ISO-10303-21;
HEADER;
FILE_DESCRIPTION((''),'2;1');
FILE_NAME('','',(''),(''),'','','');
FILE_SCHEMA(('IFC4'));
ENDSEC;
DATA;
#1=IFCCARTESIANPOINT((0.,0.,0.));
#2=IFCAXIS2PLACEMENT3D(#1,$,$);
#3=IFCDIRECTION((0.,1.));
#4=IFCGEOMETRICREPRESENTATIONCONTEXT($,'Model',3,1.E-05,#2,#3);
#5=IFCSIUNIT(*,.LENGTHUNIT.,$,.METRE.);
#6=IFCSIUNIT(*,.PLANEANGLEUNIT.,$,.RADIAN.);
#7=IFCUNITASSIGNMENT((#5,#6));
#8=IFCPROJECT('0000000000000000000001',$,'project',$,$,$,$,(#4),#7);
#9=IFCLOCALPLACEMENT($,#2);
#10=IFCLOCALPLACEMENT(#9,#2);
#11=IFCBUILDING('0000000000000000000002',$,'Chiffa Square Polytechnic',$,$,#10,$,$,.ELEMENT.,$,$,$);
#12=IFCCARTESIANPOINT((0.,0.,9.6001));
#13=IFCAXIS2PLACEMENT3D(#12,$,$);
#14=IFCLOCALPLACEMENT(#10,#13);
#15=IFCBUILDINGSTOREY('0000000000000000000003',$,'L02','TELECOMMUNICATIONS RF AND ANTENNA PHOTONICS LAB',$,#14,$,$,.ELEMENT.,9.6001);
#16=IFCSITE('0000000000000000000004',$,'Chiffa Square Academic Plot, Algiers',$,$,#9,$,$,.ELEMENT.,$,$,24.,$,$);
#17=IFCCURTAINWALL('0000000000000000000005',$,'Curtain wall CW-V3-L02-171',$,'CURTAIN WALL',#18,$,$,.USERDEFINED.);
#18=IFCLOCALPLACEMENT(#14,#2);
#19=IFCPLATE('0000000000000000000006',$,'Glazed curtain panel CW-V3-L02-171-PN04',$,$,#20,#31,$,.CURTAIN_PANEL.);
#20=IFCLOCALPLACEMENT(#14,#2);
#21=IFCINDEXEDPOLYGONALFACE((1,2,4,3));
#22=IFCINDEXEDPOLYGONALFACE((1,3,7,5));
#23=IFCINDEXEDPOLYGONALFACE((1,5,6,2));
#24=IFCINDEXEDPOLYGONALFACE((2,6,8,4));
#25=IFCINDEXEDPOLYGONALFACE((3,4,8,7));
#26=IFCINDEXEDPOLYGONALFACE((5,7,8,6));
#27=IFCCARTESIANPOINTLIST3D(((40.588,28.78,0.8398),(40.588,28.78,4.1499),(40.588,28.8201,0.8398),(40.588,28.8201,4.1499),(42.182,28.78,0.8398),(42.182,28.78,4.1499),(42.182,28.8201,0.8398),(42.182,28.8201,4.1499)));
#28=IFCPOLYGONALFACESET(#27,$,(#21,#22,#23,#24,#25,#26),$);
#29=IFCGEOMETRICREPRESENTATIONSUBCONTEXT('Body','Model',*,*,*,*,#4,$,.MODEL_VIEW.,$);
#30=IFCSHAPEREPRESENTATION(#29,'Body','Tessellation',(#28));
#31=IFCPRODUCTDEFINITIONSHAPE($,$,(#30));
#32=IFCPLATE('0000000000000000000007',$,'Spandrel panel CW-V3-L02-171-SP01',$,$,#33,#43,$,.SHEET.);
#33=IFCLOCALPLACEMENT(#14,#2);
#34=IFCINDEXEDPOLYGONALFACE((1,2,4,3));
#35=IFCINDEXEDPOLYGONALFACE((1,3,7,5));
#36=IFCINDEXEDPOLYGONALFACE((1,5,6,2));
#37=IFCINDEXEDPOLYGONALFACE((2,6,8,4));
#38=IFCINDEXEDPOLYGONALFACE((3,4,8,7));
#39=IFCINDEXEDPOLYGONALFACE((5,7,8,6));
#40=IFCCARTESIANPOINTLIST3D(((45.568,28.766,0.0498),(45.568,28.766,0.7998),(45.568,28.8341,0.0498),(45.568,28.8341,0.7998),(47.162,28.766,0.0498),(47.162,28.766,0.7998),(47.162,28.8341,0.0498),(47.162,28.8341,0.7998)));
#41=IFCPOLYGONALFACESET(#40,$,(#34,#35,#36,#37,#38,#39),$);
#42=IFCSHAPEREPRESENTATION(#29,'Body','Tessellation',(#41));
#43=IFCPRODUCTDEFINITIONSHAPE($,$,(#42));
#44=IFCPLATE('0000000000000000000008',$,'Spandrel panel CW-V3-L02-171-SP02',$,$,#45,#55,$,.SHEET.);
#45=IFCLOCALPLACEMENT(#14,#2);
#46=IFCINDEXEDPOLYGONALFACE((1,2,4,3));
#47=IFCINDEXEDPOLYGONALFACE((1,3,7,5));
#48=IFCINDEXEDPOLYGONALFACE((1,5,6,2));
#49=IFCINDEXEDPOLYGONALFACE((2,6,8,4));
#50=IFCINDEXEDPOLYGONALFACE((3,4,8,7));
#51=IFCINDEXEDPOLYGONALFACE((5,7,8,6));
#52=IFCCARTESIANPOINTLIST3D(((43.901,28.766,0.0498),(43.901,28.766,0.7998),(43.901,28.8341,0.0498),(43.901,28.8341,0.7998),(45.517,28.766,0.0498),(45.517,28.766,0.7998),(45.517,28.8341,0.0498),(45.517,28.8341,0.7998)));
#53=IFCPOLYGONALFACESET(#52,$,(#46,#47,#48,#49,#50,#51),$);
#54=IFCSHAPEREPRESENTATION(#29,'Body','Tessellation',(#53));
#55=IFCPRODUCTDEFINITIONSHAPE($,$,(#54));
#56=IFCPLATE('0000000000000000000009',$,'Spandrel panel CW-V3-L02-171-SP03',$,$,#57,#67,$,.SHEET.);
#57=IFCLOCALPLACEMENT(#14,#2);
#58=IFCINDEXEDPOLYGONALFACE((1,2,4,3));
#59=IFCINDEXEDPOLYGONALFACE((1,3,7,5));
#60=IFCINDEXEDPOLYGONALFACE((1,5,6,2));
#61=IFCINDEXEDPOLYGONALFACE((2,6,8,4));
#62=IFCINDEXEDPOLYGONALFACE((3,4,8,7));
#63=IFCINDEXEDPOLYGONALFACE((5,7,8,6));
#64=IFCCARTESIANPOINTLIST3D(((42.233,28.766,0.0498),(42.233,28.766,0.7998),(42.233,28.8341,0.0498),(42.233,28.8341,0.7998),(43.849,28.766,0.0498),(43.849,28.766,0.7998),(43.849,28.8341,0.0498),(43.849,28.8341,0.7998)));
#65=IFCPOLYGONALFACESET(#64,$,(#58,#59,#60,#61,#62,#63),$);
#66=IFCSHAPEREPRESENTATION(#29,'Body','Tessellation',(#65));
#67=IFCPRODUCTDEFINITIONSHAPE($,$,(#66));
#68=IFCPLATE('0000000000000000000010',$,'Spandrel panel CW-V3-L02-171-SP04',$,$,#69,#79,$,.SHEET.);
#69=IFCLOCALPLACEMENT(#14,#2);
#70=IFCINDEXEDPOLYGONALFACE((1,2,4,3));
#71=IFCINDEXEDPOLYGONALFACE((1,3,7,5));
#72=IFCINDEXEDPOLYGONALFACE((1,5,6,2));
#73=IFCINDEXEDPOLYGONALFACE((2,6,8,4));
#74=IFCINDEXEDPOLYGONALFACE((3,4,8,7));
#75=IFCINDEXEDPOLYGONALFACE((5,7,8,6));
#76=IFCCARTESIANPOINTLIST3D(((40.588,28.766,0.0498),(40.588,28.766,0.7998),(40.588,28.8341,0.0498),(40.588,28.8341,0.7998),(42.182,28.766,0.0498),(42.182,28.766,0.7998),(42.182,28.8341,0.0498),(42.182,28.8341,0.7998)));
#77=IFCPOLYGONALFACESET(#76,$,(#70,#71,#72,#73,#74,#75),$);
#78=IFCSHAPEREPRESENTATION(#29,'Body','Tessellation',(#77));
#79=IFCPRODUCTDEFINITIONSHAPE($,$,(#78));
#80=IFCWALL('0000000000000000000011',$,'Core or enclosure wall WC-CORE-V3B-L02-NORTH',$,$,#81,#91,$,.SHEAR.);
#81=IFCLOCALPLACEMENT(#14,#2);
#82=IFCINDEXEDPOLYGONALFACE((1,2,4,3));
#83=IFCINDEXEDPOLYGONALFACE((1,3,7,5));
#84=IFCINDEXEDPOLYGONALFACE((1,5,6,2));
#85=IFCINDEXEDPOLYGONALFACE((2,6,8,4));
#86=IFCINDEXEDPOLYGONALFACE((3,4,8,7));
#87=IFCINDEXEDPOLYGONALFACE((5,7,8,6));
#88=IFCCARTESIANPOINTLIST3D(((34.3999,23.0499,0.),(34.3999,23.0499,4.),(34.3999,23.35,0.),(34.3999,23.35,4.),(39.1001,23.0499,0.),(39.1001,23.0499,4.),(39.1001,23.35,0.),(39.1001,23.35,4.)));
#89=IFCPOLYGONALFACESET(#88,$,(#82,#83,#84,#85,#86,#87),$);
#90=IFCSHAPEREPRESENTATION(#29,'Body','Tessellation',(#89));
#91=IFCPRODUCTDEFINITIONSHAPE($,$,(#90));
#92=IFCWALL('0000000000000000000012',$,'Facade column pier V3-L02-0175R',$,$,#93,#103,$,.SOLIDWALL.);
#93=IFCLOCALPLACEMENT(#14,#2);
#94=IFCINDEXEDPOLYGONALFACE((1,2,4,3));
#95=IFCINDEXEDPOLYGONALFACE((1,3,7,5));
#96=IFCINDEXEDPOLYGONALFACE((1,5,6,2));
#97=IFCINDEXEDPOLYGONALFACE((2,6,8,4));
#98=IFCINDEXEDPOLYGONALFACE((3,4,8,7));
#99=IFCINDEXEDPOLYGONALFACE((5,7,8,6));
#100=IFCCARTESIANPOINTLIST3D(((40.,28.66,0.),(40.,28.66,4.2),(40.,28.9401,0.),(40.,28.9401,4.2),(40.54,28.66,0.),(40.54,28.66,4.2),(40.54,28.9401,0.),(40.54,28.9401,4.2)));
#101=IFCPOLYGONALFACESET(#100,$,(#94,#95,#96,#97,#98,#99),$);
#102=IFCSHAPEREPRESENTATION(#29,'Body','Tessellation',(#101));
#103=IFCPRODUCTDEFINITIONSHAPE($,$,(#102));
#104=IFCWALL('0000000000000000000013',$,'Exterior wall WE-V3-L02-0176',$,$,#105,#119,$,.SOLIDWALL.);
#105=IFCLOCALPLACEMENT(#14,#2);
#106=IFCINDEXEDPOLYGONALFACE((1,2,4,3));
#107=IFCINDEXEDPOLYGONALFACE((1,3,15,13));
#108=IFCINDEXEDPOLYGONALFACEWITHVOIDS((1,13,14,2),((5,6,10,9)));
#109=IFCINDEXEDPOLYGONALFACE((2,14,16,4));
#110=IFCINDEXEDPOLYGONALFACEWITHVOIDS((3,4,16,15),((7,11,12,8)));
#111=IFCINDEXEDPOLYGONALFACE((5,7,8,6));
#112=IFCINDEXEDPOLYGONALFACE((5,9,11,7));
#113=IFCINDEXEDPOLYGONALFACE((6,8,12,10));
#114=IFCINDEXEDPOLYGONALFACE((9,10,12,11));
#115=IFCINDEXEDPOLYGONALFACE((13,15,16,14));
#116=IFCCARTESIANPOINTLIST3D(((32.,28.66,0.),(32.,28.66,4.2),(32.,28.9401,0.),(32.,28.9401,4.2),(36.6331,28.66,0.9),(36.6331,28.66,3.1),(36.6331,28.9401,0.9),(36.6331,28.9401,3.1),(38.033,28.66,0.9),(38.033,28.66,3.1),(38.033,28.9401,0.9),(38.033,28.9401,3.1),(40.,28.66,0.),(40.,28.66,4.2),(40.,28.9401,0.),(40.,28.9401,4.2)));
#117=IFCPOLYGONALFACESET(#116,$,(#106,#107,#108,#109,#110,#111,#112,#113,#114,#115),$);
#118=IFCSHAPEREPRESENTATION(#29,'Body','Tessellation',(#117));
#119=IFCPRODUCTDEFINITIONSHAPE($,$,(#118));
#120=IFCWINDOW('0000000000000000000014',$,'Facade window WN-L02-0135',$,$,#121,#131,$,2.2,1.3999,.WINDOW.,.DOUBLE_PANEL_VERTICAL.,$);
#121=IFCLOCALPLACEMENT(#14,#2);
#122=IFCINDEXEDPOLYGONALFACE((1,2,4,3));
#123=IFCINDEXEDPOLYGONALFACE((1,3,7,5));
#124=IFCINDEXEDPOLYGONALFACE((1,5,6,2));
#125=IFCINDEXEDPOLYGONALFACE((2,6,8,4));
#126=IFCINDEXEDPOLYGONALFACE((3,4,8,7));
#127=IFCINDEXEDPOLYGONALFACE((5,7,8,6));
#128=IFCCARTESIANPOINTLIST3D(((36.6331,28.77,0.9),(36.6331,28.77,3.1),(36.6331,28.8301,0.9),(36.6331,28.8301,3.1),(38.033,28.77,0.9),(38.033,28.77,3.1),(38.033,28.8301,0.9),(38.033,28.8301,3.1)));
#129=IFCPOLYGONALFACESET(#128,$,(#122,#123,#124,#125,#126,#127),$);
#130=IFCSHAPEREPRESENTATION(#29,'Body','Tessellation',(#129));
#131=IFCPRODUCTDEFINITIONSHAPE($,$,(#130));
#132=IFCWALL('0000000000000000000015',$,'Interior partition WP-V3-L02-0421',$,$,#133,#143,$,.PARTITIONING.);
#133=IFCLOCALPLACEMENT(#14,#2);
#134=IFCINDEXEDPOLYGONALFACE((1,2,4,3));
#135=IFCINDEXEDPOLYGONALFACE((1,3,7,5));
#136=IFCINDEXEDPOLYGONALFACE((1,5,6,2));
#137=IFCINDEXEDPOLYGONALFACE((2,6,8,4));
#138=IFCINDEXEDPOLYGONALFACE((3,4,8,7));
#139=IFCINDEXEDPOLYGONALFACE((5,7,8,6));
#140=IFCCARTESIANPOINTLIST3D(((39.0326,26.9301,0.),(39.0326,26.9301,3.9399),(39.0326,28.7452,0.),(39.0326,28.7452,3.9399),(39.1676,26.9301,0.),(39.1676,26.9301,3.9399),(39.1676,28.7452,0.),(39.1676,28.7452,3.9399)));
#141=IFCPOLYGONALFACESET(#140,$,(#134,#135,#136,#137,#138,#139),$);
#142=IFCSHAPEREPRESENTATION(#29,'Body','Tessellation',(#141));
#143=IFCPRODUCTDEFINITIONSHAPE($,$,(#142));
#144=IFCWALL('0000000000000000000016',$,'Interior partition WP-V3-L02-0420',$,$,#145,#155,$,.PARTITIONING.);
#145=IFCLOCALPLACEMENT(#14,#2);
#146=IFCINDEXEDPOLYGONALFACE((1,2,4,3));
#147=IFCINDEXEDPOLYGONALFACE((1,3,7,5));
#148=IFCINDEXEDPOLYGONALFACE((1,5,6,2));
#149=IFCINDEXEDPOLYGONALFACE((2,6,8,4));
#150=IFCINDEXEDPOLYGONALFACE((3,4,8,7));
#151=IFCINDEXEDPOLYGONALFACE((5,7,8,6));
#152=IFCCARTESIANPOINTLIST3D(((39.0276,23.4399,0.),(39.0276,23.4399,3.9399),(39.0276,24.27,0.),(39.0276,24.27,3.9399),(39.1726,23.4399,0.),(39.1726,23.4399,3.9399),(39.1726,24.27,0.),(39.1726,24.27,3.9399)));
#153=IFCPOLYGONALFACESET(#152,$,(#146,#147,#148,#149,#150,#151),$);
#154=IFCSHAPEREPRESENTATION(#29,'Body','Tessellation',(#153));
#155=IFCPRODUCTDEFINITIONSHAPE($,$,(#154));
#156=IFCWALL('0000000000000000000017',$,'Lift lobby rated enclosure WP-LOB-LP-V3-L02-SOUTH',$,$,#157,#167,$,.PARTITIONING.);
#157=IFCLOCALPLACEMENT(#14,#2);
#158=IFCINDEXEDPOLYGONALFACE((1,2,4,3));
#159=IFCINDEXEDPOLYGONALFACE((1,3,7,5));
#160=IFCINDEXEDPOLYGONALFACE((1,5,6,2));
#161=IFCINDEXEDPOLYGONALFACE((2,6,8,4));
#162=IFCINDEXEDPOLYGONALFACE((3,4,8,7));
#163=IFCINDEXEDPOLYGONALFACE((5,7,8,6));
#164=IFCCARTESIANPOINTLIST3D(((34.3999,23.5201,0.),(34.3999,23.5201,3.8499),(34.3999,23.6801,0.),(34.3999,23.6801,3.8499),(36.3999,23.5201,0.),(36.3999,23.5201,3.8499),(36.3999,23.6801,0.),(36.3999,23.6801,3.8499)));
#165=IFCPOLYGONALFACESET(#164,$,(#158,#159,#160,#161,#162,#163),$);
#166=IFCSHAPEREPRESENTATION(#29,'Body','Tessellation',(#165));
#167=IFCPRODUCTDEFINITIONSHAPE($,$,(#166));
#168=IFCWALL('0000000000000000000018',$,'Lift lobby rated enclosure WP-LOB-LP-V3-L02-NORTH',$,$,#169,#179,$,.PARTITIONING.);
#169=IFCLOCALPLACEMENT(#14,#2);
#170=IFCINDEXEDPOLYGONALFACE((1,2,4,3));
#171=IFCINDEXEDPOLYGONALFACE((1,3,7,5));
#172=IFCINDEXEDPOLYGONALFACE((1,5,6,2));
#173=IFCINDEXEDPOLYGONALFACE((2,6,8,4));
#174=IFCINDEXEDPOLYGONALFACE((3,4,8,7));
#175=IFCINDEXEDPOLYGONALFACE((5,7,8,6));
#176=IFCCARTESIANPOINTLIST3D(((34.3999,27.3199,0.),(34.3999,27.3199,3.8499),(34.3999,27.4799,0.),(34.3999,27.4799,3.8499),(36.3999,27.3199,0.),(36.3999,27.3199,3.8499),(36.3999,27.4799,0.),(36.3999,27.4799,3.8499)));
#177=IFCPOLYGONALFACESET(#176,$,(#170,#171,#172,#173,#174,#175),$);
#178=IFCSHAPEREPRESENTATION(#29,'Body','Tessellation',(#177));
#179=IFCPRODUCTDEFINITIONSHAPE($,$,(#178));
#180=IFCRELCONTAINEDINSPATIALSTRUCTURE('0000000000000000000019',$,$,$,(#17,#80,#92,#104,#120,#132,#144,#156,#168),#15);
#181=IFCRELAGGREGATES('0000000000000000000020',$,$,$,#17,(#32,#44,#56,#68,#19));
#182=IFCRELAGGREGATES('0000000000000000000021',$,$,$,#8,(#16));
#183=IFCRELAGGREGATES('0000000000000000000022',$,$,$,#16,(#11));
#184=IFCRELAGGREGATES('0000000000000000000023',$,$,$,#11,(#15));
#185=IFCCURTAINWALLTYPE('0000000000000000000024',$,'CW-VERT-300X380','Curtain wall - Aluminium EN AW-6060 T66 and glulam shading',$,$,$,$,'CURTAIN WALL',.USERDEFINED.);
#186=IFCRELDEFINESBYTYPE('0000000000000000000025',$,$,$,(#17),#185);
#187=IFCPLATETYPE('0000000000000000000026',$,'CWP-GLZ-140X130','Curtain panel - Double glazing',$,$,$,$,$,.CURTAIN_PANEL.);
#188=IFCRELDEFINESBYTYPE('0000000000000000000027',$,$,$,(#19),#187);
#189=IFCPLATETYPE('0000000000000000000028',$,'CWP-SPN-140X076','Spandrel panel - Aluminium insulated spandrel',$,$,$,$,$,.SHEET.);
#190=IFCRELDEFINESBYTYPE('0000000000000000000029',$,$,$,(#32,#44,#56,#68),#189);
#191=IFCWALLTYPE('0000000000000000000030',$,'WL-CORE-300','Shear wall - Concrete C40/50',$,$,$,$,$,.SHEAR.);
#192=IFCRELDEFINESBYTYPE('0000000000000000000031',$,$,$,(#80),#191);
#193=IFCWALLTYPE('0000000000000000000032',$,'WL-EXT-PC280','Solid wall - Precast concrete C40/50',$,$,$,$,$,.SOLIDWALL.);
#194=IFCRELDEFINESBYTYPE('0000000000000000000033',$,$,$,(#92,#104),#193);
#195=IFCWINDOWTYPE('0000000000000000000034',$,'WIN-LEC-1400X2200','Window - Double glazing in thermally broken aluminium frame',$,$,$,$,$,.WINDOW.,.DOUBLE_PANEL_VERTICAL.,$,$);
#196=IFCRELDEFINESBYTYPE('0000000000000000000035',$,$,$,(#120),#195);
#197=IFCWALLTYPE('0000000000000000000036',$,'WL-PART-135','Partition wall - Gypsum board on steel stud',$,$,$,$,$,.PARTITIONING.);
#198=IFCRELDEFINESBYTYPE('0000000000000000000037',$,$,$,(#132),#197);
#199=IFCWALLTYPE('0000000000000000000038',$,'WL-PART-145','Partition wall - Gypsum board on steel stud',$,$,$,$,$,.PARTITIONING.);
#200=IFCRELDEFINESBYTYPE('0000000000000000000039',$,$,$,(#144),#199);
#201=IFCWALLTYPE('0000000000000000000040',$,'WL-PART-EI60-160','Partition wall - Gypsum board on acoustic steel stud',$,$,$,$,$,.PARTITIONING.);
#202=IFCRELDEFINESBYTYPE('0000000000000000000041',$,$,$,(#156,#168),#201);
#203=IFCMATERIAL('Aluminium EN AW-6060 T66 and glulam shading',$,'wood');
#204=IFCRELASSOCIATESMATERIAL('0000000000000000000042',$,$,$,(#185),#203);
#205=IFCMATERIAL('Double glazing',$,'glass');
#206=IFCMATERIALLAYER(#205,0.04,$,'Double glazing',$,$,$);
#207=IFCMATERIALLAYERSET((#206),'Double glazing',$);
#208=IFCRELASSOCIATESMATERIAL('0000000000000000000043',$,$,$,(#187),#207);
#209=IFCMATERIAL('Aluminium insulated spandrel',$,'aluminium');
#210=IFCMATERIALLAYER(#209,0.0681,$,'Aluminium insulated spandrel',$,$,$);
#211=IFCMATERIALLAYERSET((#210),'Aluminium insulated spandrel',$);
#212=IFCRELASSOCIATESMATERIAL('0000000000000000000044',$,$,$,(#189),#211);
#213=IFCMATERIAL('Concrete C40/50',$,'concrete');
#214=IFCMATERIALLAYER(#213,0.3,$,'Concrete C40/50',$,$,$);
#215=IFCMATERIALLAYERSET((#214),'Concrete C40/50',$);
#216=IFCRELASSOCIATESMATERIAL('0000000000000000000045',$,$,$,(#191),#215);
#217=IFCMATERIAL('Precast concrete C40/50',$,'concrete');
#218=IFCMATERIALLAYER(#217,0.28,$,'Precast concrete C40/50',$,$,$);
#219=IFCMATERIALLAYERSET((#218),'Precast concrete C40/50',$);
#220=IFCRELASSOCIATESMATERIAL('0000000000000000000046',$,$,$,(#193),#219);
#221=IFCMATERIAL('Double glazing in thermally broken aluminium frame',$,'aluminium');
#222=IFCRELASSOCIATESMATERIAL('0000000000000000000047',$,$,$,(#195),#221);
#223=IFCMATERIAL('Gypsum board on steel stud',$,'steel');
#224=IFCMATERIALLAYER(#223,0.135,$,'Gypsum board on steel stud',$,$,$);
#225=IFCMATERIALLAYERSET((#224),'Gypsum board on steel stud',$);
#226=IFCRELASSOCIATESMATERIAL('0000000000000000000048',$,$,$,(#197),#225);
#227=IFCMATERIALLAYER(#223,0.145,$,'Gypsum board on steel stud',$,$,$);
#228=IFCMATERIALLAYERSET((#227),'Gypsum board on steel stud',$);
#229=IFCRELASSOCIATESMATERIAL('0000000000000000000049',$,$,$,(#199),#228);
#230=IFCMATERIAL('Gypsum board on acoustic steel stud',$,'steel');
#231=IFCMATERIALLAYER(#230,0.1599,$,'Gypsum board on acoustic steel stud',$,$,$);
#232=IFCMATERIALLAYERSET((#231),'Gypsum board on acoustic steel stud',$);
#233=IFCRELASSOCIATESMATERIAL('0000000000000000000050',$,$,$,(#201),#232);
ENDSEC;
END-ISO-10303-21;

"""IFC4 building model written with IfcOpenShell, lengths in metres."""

from ifc_helpers import new_model, si_unit, direction, frame, frame_2d, origin, origin_2d, place, context, subcontext, project, spatial, rectangle, extrude, material, layer, layer_set, type_object, element, fill, aggregate, save


model = new_model("IFC4")

# Units and contexts
model_context = context("Model", 3, precision=1e-05, world=origin(), true_north=direction((0.0, 1.0)))
body_context = subcontext(model_context, "Body", "Model", "MODEL_VIEW")
ifc_project = project(units=[si_unit("LENGTHUNIT", "METRE"), si_unit("PLANEANGLEUNIT", "RADIAN")], contexts=[model_context])

# Site, building, storey
site_placement = place(None, origin())
site = spatial("IfcSite", under=ifc_project, at=site_placement, Name="Chiffa Square Academic Plot, Algiers", CompositionType="ELEMENT", RefElevation=24.0)
building_placement = place(site_placement, origin())
building = spatial("IfcBuilding", under=site, at=building_placement, Name="Chiffa Square Polytechnic", CompositionType="ELEMENT")
storey_placement = place(building_placement, frame((0.0, 0.0, 9.6001)))
storey = spatial("IfcBuildingStorey", under=building, at=storey_placement, Name="L02", Description="TELECOMMUNICATIONS RF AND ANTENNA PHOTONICS LAB", CompositionType="ELEMENT", Elevation=9.6001)

# Curtain wall
ifc_material_1 = material(Name="Aluminium EN AW-6060 T66 and glulam shading", Category="wood")
curtain_wall_type = type_object("IfcCurtainWallType", Name="CW-VERT-300X380", Description="Curtain wall - Aluminium EN AW-6060 T66 and glulam shading", ElementType="CURTAIN WALL", PredefinedType="USERDEFINED", material=ifc_material_1)
curtain_wall_placement = place(storey_placement, origin())
curtain_wall = element("IfcCurtainWall", 1, at=curtain_wall_placement, inside=storey, type_object=curtain_wall_type, Name="Curtain wall CW-V3-L02-171", ObjectType="CURTAIN WALL", PredefinedType="USERDEFINED")

# Plates
ifc_material_2 = material(Name="Double glazing", Category="glass")
ifc_layer_1 = layer(ifc_material_2, 0.04, Name="Double glazing")
ifc_layer_set_1 = layer_set([ifc_layer_1], Name="Double glazing")
plate_type_1 = type_object("IfcPlateType", Name="CWP-GLZ-140X130", Description="Curtain panel - Double glazing", PredefinedType="CURTAIN_PANEL", material=ifc_layer_set_1)
plate_1_placement = place(storey_placement, frame((41.385, 28.8, 0.8398), z_axis=(0.0, 0.0, 1.0), x_axis=(-1.0, 0.0, 0.0)))
plate_1 = element("IfcPlate", 2, at=plate_1_placement, type_object=plate_type_1, Name="Glazed curtain panel CW-V3-L02-171-PN04", PredefinedType="CURTAIN_PANEL", context=body_context, shape_type="SweptSolid", body=[
    extrude(rectangle(XDim=1.594, YDim=0.04, at=origin_2d()), origin(), (0.0, 0.0, 1.0), 3.3101),
])
ifc_material_3 = material(Name="Aluminium insulated spandrel", Category="aluminium")
ifc_layer_2 = layer(ifc_material_3, 0.0681, Name="Aluminium insulated spandrel")
ifc_layer_set_2 = layer_set([ifc_layer_2], Name="Aluminium insulated spandrel")
plate_type_2 = type_object("IfcPlateType", Name="CWP-SPN-140X076", Description="Spandrel panel - Aluminium insulated spandrel", PredefinedType="SHEET", material=ifc_layer_set_2)
plate_2_placement = place(storey_placement, frame((46.365, 28.8, 0.0498), z_axis=(0.0, 0.0, 1.0), x_axis=(-1.0, 0.0, 0.0)))
plate_2 = element("IfcPlate", 3, at=plate_2_placement, type_object=plate_type_2, Name="Spandrel panel CW-V3-L02-171-SP01", PredefinedType="SHEET", context=body_context, shape_type="SweptSolid", body=[
    extrude(rectangle(XDim=1.594, YDim=0.0681, at=origin_2d()), origin(), (0.0, 0.0, 1.0), 0.75),
])
plate_3_placement = place(storey_placement, frame((44.709, 28.8, 0.0498), z_axis=(0.0, 0.0, 1.0), x_axis=(-1.0, 0.0, 0.0)))
plate_3 = element("IfcPlate", 4, at=plate_3_placement, type_object=plate_type_2, Name="Spandrel panel CW-V3-L02-171-SP02", PredefinedType="SHEET", context=body_context, shape_type="SweptSolid", body=[
    extrude(rectangle(XDim=1.616, YDim=0.0681, at=origin_2d()), origin(), (0.0, 0.0, 1.0), 0.75),
])
plate_4_placement = place(storey_placement, frame((43.041, 28.8, 0.0498), z_axis=(0.0, 0.0, 1.0), x_axis=(-1.0, 0.0, 0.0)))
plate_4 = element("IfcPlate", 5, at=plate_4_placement, type_object=plate_type_2, Name="Spandrel panel CW-V3-L02-171-SP03", PredefinedType="SHEET", context=body_context, shape_type="SweptSolid", body=[
    extrude(rectangle(XDim=1.616, YDim=0.0681, at=origin_2d()), origin(), (0.0, 0.0, 1.0), 0.75),
])
plate_5_placement = place(storey_placement, frame((41.385, 28.8, 0.0498), z_axis=(0.0, 0.0, 1.0), x_axis=(-1.0, 0.0, 0.0)))
plate_5 = element("IfcPlate", 6, at=plate_5_placement, type_object=plate_type_2, Name="Spandrel panel CW-V3-L02-171-SP04", PredefinedType="SHEET", context=body_context, shape_type="SweptSolid", body=[
    extrude(rectangle(XDim=1.594, YDim=0.0681, at=origin_2d()), origin(), (0.0, 0.0, 1.0), 0.75),
])
aggregate(curtain_wall, [plate_2, plate_3, plate_4, plate_5, plate_1])

# Walls
ifc_material_4 = material(Name="Concrete C40/50", Category="concrete")
ifc_layer_3 = layer(ifc_material_4, 0.3, Name="Concrete C40/50")
ifc_layer_set_3 = layer_set([ifc_layer_3], Name="Concrete C40/50")
wall_type_1 = type_object("IfcWallType", Name="WL-CORE-300", Description="Shear wall - Concrete C40/50", PredefinedType="SHEAR", material=ifc_layer_set_3)
wall_1_placement = place(storey_placement, frame((34.3999, 23.2, 0.0), z_axis=(0.0, 0.0, 1.0), x_axis=(1.0, 0.0, 0.0)))
element("IfcWall", 7, at=wall_1_placement, inside=storey, type_object=wall_type_1, Name="Core or enclosure wall WC-CORE-V3B-L02-NORTH", PredefinedType="SHEAR", context=body_context, shape_type="SweptSolid", body=[
    extrude(rectangle(XDim=4.7002, YDim=0.3, at=frame_2d((2.3501, 0.0))), origin(), (0.0, 0.0, 1.0), 4.0),
])
ifc_material_5 = material(Name="Precast concrete C40/50", Category="concrete")
ifc_layer_4 = layer(ifc_material_5, 0.28, Name="Precast concrete C40/50")
ifc_layer_set_4 = layer_set([ifc_layer_4], Name="Precast concrete C40/50")
wall_type_2 = type_object("IfcWallType", Name="WL-EXT-PC280", Description="Solid wall - Precast concrete C40/50", PredefinedType="SOLIDWALL", material=ifc_layer_set_4)
wall_2_placement = place(storey_placement, frame((40.54, 28.8, 0.0), z_axis=(0.0, 0.0, 1.0), x_axis=(-1.0, 0.0, 0.0)))
element("IfcWall", 8, at=wall_2_placement, inside=storey, type_object=wall_type_2, Name="Facade column pier V3-L02-0175R", PredefinedType="SOLIDWALL", context=body_context, shape_type="SweptSolid", body=[
    extrude(rectangle(XDim=0.54, YDim=0.28, at=frame_2d((0.27, 0.0))), origin(), (0.0, 0.0, 1.0), 4.2),
])

# Wall, opening, window
wall_3_placement = place(storey_placement, frame((40.0, 28.8, 0.0), z_axis=(0.0, 0.0, 1.0), x_axis=(-1.0, 0.0, 0.0)))
wall_3 = element("IfcWall", 9, at=wall_3_placement, inside=storey, type_object=wall_type_2, Name="Exterior wall WE-V3-L02-0176", PredefinedType="SOLIDWALL", context=body_context, shape_type="SweptSolid", body=[
    extrude(rectangle(XDim=8.0, YDim=0.28, at=frame_2d((4.0, 0.0))), origin(), (0.0, 0.0, 1.0), 4.2),
])
opening_1_placement = place(wall_3_placement, frame((1.967, 0.0, 0.8999)))
opening_1 = element("IfcOpeningElement", 10, at=opening_1_placement, cuts=wall_3, PredefinedType="OPENING", context=body_context, shape_type="SweptSolid", body=[
    extrude(rectangle(XDim=1.3999, YDim=2.2, at=frame_2d((0.7, 1.1001))), frame((0.0, 0.1499, 0.0), z_axis=(0.0, -1.0, 0.0), x_axis=(1.0, 0.0, 0.0)), (0.0, 0.0, 1.0), 0.3),
])
ifc_material_6 = material(Name="Double glazing in thermally broken aluminium frame", Category="aluminium")
window_type = type_object("IfcWindowType", Name="WIN-LEC-1400X2200", Description="Window - Double glazing in thermally broken aluminium frame", PartitioningType="DOUBLE_PANEL_VERTICAL", PredefinedType="WINDOW", material=ifc_material_6)
window_placement = place(opening_1_placement, origin())
window = element("IfcWindow", 11, at=window_placement, inside=storey, type_object=window_type, Name="Facade window WN-L02-0135", OverallHeight=2.2, OverallWidth=1.3999, PartitioningType="DOUBLE_PANEL_VERTICAL", PredefinedType="WINDOW", context=body_context, shape_type="SweptSolid", body=[
    extrude(rectangle(XDim=1.3999, YDim=2.2, at=frame_2d((0.7, 1.1001))), frame((0.0, 0.03, 0.0), z_axis=(0.0, -1.0, 0.0), x_axis=(1.0, 0.0, 0.0)), (0.0, 0.0, 1.0), 0.0601),
])
fill(opening_1, window)

# Walls
ifc_material_7 = material(Name="Gypsum board on steel stud", Category="steel")
ifc_layer_5 = layer(ifc_material_7, 0.135, Name="Gypsum board on steel stud")
ifc_layer_set_5 = layer_set([ifc_layer_5], Name="Gypsum board on steel stud")
wall_type_3 = type_object("IfcWallType", Name="WL-PART-135", Description="Partition wall - Gypsum board on steel stud", PredefinedType="PARTITIONING", material=ifc_layer_set_5)
wall_4_placement = place(storey_placement, frame((39.1001, 26.9299, 0.0), z_axis=(0.0, 0.0, 1.0), x_axis=(0.0, 1.0, 0.0)))
element("IfcWall", 12, at=wall_4_placement, inside=storey, type_object=wall_type_3, Name="Interior partition WP-V3-L02-0421", PredefinedType="PARTITIONING", context=body_context, shape_type="SweptSolid", body=[
    extrude(rectangle(XDim=1.8152, YDim=0.135, at=frame_2d((0.9077, 0.0))), origin(), (0.0, 0.0, 1.0), 3.9399),
])
ifc_layer_6 = layer(ifc_material_7, 0.145, Name="Gypsum board on steel stud")
ifc_layer_set_6 = layer_set([ifc_layer_6], Name="Gypsum board on steel stud")
wall_type_4 = type_object("IfcWallType", Name="WL-PART-145", Description="Partition wall - Gypsum board on steel stud", PredefinedType="PARTITIONING", material=ifc_layer_set_6)
wall_5_placement = place(storey_placement, frame((39.1001, 23.4399, 0.0), z_axis=(0.0, 0.0, 1.0), x_axis=(0.0, 1.0, 0.0)))
element("IfcWall", 13, at=wall_5_placement, inside=storey, type_object=wall_type_4, Name="Interior partition WP-V3-L02-0420", PredefinedType="PARTITIONING", context=body_context, shape_type="SweptSolid", body=[
    extrude(rectangle(XDim=0.8301, YDim=0.145, at=frame_2d((0.415, 0.0))), origin(), (0.0, 0.0, 1.0), 3.9399),
])
ifc_material_8 = material(Name="Gypsum board on acoustic steel stud", Category="steel")
ifc_layer_7 = layer(ifc_material_8, 0.1599, Name="Gypsum board on acoustic steel stud")
ifc_layer_set_7 = layer_set([ifc_layer_7], Name="Gypsum board on acoustic steel stud")
wall_type_5 = type_object("IfcWallType", Name="WL-PART-EI60-160", Description="Partition wall - Gypsum board on acoustic steel stud", PredefinedType="PARTITIONING", material=ifc_layer_set_7)
for number, where, z_axis, x_axis, name in (
    (14, (34.3999, 23.6001, 0.0), (0.0, 0.0, 1.0), (1.0, 0.0, 0.0), "Lift lobby rated enclosure WP-LOB-LP-V3-L02-SOUTH"),
    (15, (34.3999, 27.3999, 0.0), (0.0, 0.0, 1.0), (1.0, 0.0, 0.0), "Lift lobby rated enclosure WP-LOB-LP-V3-L02-NORTH"),
):
    element("IfcWall", number, at=place(storey_placement, frame(where, z_axis=z_axis, x_axis=x_axis)), inside=storey, type_object=wall_type_5, Name=name, PredefinedType="PARTITIONING", context=body_context, shape_type="SweptSolid", body=[
        extrude(rectangle(XDim=2.0, YDim=0.1599, at=frame_2d((1.0, 0.0))), origin(), (0.0, 0.0, 1.0), 3.8499),
    ])

save(model, "model.ifc")
